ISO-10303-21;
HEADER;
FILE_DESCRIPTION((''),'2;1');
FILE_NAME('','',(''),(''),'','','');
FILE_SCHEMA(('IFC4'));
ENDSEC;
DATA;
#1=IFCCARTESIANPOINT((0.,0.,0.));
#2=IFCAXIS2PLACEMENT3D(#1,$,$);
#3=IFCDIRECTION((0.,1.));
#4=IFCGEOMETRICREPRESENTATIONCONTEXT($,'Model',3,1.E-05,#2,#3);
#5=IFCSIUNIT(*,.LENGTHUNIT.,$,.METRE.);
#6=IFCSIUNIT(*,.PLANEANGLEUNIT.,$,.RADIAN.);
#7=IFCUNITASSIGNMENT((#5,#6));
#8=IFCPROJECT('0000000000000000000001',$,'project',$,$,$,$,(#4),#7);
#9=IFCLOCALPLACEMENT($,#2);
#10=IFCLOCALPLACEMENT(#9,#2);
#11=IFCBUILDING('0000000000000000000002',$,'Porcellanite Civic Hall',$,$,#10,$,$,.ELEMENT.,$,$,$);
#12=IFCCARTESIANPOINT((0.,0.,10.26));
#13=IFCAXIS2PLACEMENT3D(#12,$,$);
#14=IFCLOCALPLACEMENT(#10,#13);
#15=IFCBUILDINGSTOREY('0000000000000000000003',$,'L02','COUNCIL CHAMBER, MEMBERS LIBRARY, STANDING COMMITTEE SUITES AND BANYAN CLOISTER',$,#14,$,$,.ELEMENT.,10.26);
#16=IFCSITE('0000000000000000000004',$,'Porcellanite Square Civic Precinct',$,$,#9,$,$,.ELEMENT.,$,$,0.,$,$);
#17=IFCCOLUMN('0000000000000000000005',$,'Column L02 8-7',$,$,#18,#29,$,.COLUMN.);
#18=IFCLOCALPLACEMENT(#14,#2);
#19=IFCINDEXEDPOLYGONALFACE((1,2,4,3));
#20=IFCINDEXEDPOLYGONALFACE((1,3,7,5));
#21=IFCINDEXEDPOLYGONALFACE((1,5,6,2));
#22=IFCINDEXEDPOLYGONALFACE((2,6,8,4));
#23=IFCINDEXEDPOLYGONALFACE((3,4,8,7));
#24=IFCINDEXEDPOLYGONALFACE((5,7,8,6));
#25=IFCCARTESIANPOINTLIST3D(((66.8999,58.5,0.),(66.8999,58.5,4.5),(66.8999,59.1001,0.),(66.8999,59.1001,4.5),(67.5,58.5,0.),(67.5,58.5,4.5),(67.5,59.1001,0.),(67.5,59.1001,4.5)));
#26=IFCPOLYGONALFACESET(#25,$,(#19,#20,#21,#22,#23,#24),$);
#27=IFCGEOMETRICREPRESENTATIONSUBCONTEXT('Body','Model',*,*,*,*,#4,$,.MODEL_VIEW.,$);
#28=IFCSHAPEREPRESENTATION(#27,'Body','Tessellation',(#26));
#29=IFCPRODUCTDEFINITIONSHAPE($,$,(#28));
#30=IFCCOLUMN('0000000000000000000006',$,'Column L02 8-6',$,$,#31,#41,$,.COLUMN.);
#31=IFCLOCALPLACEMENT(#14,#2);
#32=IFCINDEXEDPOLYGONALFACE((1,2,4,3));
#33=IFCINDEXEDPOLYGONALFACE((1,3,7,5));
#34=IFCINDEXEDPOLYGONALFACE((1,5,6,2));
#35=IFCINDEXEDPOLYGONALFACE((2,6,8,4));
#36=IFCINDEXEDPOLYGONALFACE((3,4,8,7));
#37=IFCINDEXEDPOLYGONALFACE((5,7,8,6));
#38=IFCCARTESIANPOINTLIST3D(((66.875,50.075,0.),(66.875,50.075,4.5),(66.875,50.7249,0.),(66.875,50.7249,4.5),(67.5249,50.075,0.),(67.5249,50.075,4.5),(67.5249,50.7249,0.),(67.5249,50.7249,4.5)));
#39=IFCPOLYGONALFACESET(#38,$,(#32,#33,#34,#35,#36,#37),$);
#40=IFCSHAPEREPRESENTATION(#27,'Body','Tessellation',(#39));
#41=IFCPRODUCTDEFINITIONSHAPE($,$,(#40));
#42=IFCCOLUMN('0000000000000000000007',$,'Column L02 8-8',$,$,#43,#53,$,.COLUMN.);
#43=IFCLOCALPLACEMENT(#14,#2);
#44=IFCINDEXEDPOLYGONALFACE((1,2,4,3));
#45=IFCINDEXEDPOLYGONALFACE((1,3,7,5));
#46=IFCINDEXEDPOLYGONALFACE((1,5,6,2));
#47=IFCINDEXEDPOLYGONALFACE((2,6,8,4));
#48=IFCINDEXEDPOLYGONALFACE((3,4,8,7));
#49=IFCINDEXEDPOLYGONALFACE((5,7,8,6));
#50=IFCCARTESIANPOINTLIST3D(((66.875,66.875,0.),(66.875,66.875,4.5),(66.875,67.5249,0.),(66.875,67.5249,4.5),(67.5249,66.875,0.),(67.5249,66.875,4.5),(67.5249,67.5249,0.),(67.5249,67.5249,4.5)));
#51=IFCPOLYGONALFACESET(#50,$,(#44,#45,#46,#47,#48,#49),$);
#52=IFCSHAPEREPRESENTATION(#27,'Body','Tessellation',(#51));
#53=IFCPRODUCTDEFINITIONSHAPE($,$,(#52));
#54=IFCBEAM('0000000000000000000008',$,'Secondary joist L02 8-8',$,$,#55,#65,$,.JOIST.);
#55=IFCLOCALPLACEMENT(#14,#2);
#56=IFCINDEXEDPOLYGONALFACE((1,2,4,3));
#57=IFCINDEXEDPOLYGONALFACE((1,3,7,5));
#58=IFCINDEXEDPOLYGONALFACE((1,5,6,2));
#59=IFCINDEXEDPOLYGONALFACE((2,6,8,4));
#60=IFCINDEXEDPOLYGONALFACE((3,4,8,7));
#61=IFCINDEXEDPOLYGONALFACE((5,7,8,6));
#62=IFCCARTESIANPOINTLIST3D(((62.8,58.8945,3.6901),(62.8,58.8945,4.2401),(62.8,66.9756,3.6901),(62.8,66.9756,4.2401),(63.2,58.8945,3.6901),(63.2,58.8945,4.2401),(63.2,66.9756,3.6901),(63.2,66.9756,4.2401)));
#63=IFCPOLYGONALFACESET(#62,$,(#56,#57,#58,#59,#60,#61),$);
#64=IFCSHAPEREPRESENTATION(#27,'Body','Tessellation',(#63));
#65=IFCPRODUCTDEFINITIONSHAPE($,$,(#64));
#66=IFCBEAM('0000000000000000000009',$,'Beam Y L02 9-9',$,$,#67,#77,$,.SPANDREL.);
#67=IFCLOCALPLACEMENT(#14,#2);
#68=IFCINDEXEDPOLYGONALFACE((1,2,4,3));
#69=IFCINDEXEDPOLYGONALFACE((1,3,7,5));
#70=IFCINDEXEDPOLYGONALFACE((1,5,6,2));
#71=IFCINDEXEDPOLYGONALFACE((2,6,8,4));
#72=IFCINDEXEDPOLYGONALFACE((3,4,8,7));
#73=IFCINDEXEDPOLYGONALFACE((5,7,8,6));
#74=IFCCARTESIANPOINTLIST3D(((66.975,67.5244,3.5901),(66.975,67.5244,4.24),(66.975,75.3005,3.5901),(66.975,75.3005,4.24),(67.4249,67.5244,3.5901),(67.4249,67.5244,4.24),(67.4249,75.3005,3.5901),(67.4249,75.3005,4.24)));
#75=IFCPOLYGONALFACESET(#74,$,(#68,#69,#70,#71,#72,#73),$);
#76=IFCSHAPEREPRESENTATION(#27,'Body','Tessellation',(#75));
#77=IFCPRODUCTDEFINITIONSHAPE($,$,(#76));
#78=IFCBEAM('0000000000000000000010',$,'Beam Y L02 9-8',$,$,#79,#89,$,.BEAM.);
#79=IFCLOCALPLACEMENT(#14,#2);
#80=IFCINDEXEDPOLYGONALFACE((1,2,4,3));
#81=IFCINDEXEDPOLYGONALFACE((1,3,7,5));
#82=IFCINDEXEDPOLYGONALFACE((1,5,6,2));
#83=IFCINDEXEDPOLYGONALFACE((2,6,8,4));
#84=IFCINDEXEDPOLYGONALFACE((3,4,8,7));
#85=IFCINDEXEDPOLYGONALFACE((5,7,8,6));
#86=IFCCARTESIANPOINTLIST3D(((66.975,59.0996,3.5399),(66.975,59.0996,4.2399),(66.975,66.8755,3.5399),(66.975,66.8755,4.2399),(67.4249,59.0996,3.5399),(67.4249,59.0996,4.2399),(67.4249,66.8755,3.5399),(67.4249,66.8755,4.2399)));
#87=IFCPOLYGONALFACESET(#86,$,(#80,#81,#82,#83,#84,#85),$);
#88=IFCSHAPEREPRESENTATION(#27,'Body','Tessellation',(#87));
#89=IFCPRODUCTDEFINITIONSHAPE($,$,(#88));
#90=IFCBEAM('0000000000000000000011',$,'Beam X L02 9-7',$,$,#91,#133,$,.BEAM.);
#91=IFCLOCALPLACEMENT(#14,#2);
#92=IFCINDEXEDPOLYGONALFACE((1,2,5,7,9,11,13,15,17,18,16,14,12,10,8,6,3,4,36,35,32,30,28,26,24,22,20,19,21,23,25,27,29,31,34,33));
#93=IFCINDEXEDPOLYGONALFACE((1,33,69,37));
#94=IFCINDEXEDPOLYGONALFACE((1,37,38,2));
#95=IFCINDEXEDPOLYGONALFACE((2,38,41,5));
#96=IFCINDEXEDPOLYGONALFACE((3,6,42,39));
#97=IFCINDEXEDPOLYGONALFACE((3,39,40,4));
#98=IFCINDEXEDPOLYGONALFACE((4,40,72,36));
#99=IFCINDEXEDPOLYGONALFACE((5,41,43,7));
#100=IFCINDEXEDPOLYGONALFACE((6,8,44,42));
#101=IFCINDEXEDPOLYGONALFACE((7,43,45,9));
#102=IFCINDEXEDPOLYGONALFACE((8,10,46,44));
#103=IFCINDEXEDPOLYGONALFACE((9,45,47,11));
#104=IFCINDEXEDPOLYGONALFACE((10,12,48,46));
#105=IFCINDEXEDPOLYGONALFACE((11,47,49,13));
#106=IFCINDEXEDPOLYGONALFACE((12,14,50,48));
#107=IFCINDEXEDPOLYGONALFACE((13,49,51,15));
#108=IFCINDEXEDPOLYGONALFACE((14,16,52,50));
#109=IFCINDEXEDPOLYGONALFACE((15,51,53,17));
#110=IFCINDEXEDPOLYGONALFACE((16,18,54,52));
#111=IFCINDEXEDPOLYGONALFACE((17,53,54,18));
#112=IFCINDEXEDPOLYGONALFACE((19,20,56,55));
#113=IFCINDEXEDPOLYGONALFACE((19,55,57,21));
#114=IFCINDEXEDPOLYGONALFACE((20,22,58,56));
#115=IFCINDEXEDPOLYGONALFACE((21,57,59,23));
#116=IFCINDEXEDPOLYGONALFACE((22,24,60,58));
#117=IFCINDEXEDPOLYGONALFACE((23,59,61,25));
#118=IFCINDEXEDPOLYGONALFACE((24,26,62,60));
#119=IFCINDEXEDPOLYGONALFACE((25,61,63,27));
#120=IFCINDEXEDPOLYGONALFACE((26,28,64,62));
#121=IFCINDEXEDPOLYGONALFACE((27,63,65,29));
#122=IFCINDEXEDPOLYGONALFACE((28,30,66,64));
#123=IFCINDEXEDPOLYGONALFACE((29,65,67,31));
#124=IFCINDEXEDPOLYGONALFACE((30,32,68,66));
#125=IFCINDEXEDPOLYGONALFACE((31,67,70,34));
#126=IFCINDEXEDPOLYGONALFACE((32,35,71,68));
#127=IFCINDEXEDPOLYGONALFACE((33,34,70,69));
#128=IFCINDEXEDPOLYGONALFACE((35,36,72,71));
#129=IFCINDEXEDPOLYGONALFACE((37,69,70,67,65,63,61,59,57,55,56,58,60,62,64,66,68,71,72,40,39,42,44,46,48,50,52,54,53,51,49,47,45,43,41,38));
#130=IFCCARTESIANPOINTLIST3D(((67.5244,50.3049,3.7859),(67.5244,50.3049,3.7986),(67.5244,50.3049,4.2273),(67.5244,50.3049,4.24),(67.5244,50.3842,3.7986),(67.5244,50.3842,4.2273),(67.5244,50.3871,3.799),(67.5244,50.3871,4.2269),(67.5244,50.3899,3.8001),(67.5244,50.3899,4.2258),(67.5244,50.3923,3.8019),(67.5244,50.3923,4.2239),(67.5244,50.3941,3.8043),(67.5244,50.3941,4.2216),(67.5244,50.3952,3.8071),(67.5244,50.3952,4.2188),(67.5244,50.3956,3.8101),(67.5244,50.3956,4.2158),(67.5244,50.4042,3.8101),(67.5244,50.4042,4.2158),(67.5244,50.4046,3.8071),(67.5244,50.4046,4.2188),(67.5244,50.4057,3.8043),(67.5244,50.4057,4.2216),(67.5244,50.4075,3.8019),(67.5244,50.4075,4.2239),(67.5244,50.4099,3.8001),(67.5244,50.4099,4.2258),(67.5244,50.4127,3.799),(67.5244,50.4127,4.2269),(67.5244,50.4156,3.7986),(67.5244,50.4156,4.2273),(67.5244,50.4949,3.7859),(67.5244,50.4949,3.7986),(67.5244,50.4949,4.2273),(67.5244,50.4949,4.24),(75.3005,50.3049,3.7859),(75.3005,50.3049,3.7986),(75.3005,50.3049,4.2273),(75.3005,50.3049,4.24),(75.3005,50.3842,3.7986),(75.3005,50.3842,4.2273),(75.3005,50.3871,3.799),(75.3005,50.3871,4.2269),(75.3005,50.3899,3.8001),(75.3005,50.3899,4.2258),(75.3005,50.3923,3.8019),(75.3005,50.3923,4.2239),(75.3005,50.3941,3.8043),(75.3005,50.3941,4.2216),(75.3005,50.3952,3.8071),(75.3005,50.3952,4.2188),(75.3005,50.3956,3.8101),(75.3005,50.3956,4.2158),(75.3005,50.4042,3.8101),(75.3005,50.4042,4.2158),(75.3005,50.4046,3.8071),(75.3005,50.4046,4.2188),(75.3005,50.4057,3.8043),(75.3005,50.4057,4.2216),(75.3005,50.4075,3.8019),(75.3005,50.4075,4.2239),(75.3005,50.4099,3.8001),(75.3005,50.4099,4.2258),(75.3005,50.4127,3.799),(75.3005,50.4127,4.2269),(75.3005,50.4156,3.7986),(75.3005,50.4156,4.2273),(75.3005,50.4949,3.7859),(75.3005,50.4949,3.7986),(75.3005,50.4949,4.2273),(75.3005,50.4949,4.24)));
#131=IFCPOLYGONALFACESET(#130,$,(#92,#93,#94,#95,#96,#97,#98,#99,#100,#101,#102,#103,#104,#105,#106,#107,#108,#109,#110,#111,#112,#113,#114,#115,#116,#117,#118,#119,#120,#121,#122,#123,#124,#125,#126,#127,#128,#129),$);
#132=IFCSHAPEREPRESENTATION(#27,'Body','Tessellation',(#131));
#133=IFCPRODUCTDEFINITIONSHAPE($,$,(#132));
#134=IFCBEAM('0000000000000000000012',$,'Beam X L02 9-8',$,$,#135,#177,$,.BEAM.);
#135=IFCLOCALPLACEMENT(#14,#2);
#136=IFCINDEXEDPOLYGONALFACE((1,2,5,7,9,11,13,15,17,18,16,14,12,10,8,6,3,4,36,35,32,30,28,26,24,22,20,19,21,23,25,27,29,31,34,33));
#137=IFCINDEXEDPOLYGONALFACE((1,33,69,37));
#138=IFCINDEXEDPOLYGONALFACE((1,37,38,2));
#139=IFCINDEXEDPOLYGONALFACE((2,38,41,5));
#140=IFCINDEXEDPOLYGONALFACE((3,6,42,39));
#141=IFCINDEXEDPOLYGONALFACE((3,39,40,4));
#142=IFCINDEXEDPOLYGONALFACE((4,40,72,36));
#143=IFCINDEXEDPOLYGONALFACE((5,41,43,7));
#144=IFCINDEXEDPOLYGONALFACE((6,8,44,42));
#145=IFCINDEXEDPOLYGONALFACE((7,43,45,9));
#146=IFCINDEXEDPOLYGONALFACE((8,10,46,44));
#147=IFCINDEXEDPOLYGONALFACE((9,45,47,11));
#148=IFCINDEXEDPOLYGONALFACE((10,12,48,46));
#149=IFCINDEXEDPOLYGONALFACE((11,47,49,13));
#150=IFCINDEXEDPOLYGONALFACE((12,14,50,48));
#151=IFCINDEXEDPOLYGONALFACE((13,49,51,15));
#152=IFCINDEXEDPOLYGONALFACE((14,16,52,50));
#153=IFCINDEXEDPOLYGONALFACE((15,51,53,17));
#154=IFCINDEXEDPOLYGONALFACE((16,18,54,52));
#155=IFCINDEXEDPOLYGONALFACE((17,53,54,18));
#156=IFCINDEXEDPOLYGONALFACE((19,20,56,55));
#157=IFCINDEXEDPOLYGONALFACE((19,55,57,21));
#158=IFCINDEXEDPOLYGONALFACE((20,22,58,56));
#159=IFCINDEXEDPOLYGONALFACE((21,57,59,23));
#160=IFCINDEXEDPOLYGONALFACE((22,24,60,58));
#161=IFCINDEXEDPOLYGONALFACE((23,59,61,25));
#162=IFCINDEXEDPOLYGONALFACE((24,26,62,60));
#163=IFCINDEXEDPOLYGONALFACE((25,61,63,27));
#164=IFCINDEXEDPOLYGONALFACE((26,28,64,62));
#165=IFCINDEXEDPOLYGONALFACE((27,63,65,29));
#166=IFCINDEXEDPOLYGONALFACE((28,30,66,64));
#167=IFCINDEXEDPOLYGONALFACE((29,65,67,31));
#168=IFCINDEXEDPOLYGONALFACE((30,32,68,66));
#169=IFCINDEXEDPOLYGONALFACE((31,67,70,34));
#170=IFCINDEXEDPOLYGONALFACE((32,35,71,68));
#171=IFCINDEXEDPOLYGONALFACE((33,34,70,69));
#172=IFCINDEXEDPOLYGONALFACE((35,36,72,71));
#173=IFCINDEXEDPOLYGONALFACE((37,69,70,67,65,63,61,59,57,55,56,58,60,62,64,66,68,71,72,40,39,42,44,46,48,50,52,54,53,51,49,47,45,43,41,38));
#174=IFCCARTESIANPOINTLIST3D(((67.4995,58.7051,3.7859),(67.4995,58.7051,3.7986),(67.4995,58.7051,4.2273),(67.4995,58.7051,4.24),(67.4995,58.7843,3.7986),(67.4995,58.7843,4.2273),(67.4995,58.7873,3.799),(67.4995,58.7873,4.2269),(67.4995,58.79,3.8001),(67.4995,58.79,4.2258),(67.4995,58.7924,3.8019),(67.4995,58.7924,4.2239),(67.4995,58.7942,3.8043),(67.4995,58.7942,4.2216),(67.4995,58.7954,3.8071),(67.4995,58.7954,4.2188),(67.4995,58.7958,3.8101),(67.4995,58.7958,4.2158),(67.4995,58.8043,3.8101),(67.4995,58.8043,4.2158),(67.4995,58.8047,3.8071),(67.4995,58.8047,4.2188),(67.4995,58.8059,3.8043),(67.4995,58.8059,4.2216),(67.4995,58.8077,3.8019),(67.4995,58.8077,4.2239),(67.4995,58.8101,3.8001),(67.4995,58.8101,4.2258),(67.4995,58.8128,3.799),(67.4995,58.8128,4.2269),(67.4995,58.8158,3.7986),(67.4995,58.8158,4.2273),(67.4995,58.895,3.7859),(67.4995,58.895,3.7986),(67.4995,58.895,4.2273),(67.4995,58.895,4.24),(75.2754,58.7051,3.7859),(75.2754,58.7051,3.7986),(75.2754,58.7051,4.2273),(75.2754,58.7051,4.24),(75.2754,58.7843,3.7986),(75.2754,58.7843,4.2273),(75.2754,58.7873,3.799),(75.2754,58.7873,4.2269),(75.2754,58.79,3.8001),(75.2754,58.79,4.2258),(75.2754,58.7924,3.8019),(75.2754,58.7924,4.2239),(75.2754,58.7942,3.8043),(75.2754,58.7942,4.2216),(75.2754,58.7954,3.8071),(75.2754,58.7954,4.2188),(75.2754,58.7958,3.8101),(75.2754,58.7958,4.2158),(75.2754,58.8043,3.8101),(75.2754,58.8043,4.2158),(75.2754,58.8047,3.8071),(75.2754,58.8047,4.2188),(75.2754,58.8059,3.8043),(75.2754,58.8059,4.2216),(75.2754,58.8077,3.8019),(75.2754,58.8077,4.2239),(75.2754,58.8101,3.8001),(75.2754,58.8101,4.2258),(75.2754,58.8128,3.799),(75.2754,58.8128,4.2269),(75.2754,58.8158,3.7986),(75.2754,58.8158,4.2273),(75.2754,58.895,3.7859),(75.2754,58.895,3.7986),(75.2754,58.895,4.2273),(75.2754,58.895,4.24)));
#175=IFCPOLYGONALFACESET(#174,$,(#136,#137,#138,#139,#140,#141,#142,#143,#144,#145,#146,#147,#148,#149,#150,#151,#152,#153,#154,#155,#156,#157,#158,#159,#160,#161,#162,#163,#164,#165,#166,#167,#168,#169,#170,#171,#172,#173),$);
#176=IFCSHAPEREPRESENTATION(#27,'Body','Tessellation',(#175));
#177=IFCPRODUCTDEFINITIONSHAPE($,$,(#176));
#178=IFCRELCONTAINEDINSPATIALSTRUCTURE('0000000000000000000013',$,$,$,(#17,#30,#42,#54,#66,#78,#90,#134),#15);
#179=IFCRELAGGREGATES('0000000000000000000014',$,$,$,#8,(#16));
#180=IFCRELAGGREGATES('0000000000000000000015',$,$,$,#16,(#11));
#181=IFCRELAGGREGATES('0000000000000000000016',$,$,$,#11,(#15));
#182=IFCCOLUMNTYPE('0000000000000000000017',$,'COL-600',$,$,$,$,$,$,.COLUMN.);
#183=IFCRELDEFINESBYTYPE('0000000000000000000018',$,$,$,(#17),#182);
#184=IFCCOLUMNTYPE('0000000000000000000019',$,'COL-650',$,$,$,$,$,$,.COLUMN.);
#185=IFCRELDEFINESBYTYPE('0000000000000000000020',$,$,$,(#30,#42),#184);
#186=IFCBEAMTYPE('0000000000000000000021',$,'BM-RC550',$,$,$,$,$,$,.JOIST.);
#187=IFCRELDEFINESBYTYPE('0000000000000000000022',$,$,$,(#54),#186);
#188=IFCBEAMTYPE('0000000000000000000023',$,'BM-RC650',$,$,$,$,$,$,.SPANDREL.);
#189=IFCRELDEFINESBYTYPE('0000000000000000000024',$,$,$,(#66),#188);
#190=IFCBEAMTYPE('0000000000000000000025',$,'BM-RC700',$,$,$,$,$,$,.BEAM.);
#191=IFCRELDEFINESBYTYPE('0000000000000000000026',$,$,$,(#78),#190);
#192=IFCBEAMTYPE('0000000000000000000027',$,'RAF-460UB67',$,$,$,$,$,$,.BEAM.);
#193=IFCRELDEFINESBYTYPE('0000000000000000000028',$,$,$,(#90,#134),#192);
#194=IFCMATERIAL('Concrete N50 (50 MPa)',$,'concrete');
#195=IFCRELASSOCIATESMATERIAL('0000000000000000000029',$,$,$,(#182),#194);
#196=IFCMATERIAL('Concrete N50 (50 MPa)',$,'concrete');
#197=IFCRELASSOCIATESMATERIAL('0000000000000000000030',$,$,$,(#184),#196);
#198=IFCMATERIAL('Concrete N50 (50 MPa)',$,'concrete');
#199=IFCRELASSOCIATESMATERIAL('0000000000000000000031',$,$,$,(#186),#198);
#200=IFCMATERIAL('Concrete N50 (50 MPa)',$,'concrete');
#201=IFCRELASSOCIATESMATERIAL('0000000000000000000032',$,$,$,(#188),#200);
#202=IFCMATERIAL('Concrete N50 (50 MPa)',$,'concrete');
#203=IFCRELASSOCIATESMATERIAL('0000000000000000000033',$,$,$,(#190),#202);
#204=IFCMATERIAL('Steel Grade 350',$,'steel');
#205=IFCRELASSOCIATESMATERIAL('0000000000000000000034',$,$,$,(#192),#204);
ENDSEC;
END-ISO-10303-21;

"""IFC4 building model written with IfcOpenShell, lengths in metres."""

from ifc_helpers import new_model, si_unit, direction, frame, origin, origin_2d, place, context, subcontext, project, spatial, rectangle, i_section, extrude, material, material_profile, profile_set, type_object, element, save


model = new_model("IFC4")

# Units and contexts
model_context = context("Model", 3, precision=1e-05, world=origin(), true_north=direction((0.0, 1.0)))
body_context = subcontext(model_context, "Body", "Model", "MODEL_VIEW")
ifc_project = project(units=[si_unit("LENGTHUNIT", "METRE"), si_unit("PLANEANGLEUNIT", "RADIAN")], contexts=[model_context])

# Site, building, storey
site_placement = place(None, origin())
site = spatial("IfcSite", under=ifc_project, at=site_placement, Name="Porcellanite Square Civic Precinct", CompositionType="ELEMENT", RefElevation=0.0)
building_placement = place(site_placement, origin())
building = spatial("IfcBuilding", under=site, at=building_placement, Name="Porcellanite Civic Hall", CompositionType="ELEMENT")
storey_placement = place(building_placement, frame((0.0, 0.0, 10.26)))
storey = spatial("IfcBuildingStorey", under=building, at=storey_placement, Name="L02", Description="COUNCIL CHAMBER, MEMBERS LIBRARY, STANDING COMMITTEE SUITES AND BANYAN CLOISTER", CompositionType="ELEMENT", Elevation=10.26)

# Columns
ifc_material_1 = material(Name="Concrete N50 (50 MPa)", Category="concrete")
ifc_material_profile_1 = material_profile(ifc_material_1, rectangle(XDim=0.6001, YDim=0.6001, at=origin_2d()), Name="RC-600x600")
ifc_profile_set_1 = profile_set([ifc_material_profile_1], Name="Concrete N50 (50 MPa)")
column_type_1 = type_object("IfcColumnType", Name="COL-600", PredefinedType="COLUMN", material=ifc_profile_set_1)
column_placement = place(storey_placement, frame((67.2, 58.8, 0.0), z_axis=(0.0, 0.0, 1.0), x_axis=(1.0, 0.0, 0.0)))
element("IfcColumn", 1, at=column_placement, inside=storey, type_object=column_type_1, Name="Column L02 8-7", PredefinedType="COLUMN", context=body_context, shape_type="SweptSolid", body=[
    extrude(rectangle(XDim=0.6001, YDim=0.6001, at=origin_2d()), origin(), (0.0, 0.0, 1.0), 4.5),
])
ifc_material_2 = material(Name="Concrete N50 (50 MPa)", Category="concrete")
ifc_material_profile_2 = material_profile(ifc_material_2, rectangle(XDim=0.6499, YDim=0.6499, at=origin_2d()), Name="RC-650x650")
ifc_profile_set_2 = profile_set([ifc_material_profile_2], Name="Concrete N50 (50 MPa)")
column_type_2 = type_object("IfcColumnType", Name="COL-650", PredefinedType="COLUMN", material=ifc_profile_set_2)
for number, where, z_axis, x_axis, name in (
    (2, (67.2, 50.3999, 0.0), (0.0, 0.0, 1.0), (1.0, 0.0, 0.0), "Column L02 8-6"),
    (3, (67.2, 67.2, 0.0), (0.0, 0.0, 1.0), (1.0, 0.0, 0.0), "Column L02 8-8"),
):
    element("IfcColumn", number, at=place(storey_placement, frame(where, z_axis=z_axis, x_axis=x_axis)), inside=storey, type_object=column_type_2, Name=name, PredefinedType="COLUMN", context=body_context, shape_type="SweptSolid", body=[
        extrude(rectangle(XDim=0.6499, YDim=0.6499, at=origin_2d()), origin(), (0.0, 0.0, 1.0), 4.5),
    ])

# Beams
ifc_material_3 = material(Name="Concrete N50 (50 MPa)", Category="concrete")
ifc_material_profile_3 = material_profile(ifc_material_3, rectangle(XDim=0.3999, YDim=0.55, at=origin_2d()), Name="RC-400x550")
ifc_profile_set_3 = profile_set([ifc_material_profile_3], Name="Concrete N50 (50 MPa)")
beam_type_1 = type_object("IfcBeamType", Name="BM-RC550", PredefinedType="JOIST", material=ifc_profile_set_3)
beam_1_placement = place(storey_placement, frame((63.0, 58.8945, 3.9651), z_axis=(0.0, 1.0, 0.0), x_axis=(-1.0, 0.0, 0.0)))
element("IfcBeam", 4, at=beam_1_placement, inside=storey, type_object=beam_type_1, Name="Secondary joist L02 8-8", PredefinedType="JOIST", context=body_context, shape_type="SweptSolid", body=[
    extrude(rectangle(XDim=0.3999, YDim=0.55, at=origin_2d()), origin(), (0.0, 0.0, 1.0), 8.0811),
])
ifc_material_4 = material(Name="Concrete N50 (50 MPa)", Category="concrete")
ifc_material_profile_4 = material_profile(ifc_material_4, rectangle(XDim=0.45, YDim=0.6499, at=origin_2d()), Name="RC-450x650")
ifc_profile_set_4 = profile_set([ifc_material_profile_4], Name="Concrete N50 (50 MPa)")
beam_type_2 = type_object("IfcBeamType", Name="BM-RC650", PredefinedType="SPANDREL", material=ifc_profile_set_4)
beam_2_placement = place(storey_placement, frame((67.2, 67.5244, 3.915), z_axis=(0.0, 1.0, 0.0), x_axis=(-1.0, 0.0, 0.0)))
element("IfcBeam", 5, at=beam_2_placement, inside=storey, type_object=beam_type_2, Name="Beam Y L02 9-9", PredefinedType="SPANDREL", context=body_context, shape_type="SweptSolid", body=[
    extrude(rectangle(XDim=0.45, YDim=0.6499, at=origin_2d()), origin(), (0.0, 0.0, 1.0), 7.7761),
])
ifc_material_5 = material(Name="Concrete N50 (50 MPa)", Category="concrete")
ifc_material_profile_5 = material_profile(ifc_material_5, rectangle(XDim=0.45, YDim=0.7, at=origin_2d()), Name="RC-450x700")
ifc_profile_set_5 = profile_set([ifc_material_profile_5], Name="Concrete N50 (50 MPa)")
beam_type_3 = type_object("IfcBeamType", Name="BM-RC700", PredefinedType="BEAM", material=ifc_profile_set_5)
beam_3_placement = place(storey_placement, frame((67.2, 59.0996, 3.8899), z_axis=(0.0, 1.0, 0.0), x_axis=(-1.0, 0.0, 0.0)))
element("IfcBeam", 6, at=beam_3_placement, inside=storey, type_object=beam_type_3, Name="Beam Y L02 9-8", PredefinedType="BEAM", context=body_context, shape_type="SweptSolid", body=[
    extrude(rectangle(XDim=0.45, YDim=0.7, at=origin_2d()), origin(), (0.0, 0.0, 1.0), 7.7759),
])
ifc_material_6 = material(Name="Steel Grade 350", Category="steel")
ifc_material_profile_6 = material_profile(ifc_material_6, i_section(OverallWidth=0.1899, OverallDepth=0.4541, WebThickness=0.0085, FlangeThickness=0.0127, FilletRadius=0.0115, at=origin_2d()), Name="460UB67.1")
ifc_profile_set_6 = profile_set([ifc_material_profile_6], Name="Steel Grade 350")
beam_type_4 = type_object("IfcBeamType", Name="RAF-460UB67", PredefinedType="BEAM", material=ifc_profile_set_6)
beam_4_placement = place(storey_placement, frame((67.5244, 50.3999, 4.0129), z_axis=(1.0, 0.0, 0.0), x_axis=(0.0, 1.0, 0.0)))
element("IfcBeam", 7, at=beam_4_placement, inside=storey, type_object=beam_type_4, Name="Beam X L02 9-7", PredefinedType="BEAM", context=body_context, shape_type="SweptSolid", body=[
    extrude(i_section(OverallWidth=0.1899, OverallDepth=0.4541, WebThickness=0.0085, FlangeThickness=0.0127, FilletRadius=0.0115, at=origin_2d()), origin(), (0.0, 0.0, 1.0), 7.7761),
])
beam_5_placement = place(storey_placement, frame((67.4995, 58.8, 4.0129), z_axis=(1.0, 0.0, 0.0), x_axis=(0.0, 1.0, 0.0)))
element("IfcBeam", 8, at=beam_5_placement, inside=storey, type_object=beam_type_4, Name="Beam X L02 9-8", PredefinedType="BEAM", context=body_context, shape_type="SweptSolid", body=[
    extrude(i_section(OverallWidth=0.1899, OverallDepth=0.4541, WebThickness=0.0085, FlangeThickness=0.0127, FilletRadius=0.0115, at=origin_2d()), origin(), (0.0, 0.0, 1.0), 7.7759),
])

save(model, "model.ifc")
